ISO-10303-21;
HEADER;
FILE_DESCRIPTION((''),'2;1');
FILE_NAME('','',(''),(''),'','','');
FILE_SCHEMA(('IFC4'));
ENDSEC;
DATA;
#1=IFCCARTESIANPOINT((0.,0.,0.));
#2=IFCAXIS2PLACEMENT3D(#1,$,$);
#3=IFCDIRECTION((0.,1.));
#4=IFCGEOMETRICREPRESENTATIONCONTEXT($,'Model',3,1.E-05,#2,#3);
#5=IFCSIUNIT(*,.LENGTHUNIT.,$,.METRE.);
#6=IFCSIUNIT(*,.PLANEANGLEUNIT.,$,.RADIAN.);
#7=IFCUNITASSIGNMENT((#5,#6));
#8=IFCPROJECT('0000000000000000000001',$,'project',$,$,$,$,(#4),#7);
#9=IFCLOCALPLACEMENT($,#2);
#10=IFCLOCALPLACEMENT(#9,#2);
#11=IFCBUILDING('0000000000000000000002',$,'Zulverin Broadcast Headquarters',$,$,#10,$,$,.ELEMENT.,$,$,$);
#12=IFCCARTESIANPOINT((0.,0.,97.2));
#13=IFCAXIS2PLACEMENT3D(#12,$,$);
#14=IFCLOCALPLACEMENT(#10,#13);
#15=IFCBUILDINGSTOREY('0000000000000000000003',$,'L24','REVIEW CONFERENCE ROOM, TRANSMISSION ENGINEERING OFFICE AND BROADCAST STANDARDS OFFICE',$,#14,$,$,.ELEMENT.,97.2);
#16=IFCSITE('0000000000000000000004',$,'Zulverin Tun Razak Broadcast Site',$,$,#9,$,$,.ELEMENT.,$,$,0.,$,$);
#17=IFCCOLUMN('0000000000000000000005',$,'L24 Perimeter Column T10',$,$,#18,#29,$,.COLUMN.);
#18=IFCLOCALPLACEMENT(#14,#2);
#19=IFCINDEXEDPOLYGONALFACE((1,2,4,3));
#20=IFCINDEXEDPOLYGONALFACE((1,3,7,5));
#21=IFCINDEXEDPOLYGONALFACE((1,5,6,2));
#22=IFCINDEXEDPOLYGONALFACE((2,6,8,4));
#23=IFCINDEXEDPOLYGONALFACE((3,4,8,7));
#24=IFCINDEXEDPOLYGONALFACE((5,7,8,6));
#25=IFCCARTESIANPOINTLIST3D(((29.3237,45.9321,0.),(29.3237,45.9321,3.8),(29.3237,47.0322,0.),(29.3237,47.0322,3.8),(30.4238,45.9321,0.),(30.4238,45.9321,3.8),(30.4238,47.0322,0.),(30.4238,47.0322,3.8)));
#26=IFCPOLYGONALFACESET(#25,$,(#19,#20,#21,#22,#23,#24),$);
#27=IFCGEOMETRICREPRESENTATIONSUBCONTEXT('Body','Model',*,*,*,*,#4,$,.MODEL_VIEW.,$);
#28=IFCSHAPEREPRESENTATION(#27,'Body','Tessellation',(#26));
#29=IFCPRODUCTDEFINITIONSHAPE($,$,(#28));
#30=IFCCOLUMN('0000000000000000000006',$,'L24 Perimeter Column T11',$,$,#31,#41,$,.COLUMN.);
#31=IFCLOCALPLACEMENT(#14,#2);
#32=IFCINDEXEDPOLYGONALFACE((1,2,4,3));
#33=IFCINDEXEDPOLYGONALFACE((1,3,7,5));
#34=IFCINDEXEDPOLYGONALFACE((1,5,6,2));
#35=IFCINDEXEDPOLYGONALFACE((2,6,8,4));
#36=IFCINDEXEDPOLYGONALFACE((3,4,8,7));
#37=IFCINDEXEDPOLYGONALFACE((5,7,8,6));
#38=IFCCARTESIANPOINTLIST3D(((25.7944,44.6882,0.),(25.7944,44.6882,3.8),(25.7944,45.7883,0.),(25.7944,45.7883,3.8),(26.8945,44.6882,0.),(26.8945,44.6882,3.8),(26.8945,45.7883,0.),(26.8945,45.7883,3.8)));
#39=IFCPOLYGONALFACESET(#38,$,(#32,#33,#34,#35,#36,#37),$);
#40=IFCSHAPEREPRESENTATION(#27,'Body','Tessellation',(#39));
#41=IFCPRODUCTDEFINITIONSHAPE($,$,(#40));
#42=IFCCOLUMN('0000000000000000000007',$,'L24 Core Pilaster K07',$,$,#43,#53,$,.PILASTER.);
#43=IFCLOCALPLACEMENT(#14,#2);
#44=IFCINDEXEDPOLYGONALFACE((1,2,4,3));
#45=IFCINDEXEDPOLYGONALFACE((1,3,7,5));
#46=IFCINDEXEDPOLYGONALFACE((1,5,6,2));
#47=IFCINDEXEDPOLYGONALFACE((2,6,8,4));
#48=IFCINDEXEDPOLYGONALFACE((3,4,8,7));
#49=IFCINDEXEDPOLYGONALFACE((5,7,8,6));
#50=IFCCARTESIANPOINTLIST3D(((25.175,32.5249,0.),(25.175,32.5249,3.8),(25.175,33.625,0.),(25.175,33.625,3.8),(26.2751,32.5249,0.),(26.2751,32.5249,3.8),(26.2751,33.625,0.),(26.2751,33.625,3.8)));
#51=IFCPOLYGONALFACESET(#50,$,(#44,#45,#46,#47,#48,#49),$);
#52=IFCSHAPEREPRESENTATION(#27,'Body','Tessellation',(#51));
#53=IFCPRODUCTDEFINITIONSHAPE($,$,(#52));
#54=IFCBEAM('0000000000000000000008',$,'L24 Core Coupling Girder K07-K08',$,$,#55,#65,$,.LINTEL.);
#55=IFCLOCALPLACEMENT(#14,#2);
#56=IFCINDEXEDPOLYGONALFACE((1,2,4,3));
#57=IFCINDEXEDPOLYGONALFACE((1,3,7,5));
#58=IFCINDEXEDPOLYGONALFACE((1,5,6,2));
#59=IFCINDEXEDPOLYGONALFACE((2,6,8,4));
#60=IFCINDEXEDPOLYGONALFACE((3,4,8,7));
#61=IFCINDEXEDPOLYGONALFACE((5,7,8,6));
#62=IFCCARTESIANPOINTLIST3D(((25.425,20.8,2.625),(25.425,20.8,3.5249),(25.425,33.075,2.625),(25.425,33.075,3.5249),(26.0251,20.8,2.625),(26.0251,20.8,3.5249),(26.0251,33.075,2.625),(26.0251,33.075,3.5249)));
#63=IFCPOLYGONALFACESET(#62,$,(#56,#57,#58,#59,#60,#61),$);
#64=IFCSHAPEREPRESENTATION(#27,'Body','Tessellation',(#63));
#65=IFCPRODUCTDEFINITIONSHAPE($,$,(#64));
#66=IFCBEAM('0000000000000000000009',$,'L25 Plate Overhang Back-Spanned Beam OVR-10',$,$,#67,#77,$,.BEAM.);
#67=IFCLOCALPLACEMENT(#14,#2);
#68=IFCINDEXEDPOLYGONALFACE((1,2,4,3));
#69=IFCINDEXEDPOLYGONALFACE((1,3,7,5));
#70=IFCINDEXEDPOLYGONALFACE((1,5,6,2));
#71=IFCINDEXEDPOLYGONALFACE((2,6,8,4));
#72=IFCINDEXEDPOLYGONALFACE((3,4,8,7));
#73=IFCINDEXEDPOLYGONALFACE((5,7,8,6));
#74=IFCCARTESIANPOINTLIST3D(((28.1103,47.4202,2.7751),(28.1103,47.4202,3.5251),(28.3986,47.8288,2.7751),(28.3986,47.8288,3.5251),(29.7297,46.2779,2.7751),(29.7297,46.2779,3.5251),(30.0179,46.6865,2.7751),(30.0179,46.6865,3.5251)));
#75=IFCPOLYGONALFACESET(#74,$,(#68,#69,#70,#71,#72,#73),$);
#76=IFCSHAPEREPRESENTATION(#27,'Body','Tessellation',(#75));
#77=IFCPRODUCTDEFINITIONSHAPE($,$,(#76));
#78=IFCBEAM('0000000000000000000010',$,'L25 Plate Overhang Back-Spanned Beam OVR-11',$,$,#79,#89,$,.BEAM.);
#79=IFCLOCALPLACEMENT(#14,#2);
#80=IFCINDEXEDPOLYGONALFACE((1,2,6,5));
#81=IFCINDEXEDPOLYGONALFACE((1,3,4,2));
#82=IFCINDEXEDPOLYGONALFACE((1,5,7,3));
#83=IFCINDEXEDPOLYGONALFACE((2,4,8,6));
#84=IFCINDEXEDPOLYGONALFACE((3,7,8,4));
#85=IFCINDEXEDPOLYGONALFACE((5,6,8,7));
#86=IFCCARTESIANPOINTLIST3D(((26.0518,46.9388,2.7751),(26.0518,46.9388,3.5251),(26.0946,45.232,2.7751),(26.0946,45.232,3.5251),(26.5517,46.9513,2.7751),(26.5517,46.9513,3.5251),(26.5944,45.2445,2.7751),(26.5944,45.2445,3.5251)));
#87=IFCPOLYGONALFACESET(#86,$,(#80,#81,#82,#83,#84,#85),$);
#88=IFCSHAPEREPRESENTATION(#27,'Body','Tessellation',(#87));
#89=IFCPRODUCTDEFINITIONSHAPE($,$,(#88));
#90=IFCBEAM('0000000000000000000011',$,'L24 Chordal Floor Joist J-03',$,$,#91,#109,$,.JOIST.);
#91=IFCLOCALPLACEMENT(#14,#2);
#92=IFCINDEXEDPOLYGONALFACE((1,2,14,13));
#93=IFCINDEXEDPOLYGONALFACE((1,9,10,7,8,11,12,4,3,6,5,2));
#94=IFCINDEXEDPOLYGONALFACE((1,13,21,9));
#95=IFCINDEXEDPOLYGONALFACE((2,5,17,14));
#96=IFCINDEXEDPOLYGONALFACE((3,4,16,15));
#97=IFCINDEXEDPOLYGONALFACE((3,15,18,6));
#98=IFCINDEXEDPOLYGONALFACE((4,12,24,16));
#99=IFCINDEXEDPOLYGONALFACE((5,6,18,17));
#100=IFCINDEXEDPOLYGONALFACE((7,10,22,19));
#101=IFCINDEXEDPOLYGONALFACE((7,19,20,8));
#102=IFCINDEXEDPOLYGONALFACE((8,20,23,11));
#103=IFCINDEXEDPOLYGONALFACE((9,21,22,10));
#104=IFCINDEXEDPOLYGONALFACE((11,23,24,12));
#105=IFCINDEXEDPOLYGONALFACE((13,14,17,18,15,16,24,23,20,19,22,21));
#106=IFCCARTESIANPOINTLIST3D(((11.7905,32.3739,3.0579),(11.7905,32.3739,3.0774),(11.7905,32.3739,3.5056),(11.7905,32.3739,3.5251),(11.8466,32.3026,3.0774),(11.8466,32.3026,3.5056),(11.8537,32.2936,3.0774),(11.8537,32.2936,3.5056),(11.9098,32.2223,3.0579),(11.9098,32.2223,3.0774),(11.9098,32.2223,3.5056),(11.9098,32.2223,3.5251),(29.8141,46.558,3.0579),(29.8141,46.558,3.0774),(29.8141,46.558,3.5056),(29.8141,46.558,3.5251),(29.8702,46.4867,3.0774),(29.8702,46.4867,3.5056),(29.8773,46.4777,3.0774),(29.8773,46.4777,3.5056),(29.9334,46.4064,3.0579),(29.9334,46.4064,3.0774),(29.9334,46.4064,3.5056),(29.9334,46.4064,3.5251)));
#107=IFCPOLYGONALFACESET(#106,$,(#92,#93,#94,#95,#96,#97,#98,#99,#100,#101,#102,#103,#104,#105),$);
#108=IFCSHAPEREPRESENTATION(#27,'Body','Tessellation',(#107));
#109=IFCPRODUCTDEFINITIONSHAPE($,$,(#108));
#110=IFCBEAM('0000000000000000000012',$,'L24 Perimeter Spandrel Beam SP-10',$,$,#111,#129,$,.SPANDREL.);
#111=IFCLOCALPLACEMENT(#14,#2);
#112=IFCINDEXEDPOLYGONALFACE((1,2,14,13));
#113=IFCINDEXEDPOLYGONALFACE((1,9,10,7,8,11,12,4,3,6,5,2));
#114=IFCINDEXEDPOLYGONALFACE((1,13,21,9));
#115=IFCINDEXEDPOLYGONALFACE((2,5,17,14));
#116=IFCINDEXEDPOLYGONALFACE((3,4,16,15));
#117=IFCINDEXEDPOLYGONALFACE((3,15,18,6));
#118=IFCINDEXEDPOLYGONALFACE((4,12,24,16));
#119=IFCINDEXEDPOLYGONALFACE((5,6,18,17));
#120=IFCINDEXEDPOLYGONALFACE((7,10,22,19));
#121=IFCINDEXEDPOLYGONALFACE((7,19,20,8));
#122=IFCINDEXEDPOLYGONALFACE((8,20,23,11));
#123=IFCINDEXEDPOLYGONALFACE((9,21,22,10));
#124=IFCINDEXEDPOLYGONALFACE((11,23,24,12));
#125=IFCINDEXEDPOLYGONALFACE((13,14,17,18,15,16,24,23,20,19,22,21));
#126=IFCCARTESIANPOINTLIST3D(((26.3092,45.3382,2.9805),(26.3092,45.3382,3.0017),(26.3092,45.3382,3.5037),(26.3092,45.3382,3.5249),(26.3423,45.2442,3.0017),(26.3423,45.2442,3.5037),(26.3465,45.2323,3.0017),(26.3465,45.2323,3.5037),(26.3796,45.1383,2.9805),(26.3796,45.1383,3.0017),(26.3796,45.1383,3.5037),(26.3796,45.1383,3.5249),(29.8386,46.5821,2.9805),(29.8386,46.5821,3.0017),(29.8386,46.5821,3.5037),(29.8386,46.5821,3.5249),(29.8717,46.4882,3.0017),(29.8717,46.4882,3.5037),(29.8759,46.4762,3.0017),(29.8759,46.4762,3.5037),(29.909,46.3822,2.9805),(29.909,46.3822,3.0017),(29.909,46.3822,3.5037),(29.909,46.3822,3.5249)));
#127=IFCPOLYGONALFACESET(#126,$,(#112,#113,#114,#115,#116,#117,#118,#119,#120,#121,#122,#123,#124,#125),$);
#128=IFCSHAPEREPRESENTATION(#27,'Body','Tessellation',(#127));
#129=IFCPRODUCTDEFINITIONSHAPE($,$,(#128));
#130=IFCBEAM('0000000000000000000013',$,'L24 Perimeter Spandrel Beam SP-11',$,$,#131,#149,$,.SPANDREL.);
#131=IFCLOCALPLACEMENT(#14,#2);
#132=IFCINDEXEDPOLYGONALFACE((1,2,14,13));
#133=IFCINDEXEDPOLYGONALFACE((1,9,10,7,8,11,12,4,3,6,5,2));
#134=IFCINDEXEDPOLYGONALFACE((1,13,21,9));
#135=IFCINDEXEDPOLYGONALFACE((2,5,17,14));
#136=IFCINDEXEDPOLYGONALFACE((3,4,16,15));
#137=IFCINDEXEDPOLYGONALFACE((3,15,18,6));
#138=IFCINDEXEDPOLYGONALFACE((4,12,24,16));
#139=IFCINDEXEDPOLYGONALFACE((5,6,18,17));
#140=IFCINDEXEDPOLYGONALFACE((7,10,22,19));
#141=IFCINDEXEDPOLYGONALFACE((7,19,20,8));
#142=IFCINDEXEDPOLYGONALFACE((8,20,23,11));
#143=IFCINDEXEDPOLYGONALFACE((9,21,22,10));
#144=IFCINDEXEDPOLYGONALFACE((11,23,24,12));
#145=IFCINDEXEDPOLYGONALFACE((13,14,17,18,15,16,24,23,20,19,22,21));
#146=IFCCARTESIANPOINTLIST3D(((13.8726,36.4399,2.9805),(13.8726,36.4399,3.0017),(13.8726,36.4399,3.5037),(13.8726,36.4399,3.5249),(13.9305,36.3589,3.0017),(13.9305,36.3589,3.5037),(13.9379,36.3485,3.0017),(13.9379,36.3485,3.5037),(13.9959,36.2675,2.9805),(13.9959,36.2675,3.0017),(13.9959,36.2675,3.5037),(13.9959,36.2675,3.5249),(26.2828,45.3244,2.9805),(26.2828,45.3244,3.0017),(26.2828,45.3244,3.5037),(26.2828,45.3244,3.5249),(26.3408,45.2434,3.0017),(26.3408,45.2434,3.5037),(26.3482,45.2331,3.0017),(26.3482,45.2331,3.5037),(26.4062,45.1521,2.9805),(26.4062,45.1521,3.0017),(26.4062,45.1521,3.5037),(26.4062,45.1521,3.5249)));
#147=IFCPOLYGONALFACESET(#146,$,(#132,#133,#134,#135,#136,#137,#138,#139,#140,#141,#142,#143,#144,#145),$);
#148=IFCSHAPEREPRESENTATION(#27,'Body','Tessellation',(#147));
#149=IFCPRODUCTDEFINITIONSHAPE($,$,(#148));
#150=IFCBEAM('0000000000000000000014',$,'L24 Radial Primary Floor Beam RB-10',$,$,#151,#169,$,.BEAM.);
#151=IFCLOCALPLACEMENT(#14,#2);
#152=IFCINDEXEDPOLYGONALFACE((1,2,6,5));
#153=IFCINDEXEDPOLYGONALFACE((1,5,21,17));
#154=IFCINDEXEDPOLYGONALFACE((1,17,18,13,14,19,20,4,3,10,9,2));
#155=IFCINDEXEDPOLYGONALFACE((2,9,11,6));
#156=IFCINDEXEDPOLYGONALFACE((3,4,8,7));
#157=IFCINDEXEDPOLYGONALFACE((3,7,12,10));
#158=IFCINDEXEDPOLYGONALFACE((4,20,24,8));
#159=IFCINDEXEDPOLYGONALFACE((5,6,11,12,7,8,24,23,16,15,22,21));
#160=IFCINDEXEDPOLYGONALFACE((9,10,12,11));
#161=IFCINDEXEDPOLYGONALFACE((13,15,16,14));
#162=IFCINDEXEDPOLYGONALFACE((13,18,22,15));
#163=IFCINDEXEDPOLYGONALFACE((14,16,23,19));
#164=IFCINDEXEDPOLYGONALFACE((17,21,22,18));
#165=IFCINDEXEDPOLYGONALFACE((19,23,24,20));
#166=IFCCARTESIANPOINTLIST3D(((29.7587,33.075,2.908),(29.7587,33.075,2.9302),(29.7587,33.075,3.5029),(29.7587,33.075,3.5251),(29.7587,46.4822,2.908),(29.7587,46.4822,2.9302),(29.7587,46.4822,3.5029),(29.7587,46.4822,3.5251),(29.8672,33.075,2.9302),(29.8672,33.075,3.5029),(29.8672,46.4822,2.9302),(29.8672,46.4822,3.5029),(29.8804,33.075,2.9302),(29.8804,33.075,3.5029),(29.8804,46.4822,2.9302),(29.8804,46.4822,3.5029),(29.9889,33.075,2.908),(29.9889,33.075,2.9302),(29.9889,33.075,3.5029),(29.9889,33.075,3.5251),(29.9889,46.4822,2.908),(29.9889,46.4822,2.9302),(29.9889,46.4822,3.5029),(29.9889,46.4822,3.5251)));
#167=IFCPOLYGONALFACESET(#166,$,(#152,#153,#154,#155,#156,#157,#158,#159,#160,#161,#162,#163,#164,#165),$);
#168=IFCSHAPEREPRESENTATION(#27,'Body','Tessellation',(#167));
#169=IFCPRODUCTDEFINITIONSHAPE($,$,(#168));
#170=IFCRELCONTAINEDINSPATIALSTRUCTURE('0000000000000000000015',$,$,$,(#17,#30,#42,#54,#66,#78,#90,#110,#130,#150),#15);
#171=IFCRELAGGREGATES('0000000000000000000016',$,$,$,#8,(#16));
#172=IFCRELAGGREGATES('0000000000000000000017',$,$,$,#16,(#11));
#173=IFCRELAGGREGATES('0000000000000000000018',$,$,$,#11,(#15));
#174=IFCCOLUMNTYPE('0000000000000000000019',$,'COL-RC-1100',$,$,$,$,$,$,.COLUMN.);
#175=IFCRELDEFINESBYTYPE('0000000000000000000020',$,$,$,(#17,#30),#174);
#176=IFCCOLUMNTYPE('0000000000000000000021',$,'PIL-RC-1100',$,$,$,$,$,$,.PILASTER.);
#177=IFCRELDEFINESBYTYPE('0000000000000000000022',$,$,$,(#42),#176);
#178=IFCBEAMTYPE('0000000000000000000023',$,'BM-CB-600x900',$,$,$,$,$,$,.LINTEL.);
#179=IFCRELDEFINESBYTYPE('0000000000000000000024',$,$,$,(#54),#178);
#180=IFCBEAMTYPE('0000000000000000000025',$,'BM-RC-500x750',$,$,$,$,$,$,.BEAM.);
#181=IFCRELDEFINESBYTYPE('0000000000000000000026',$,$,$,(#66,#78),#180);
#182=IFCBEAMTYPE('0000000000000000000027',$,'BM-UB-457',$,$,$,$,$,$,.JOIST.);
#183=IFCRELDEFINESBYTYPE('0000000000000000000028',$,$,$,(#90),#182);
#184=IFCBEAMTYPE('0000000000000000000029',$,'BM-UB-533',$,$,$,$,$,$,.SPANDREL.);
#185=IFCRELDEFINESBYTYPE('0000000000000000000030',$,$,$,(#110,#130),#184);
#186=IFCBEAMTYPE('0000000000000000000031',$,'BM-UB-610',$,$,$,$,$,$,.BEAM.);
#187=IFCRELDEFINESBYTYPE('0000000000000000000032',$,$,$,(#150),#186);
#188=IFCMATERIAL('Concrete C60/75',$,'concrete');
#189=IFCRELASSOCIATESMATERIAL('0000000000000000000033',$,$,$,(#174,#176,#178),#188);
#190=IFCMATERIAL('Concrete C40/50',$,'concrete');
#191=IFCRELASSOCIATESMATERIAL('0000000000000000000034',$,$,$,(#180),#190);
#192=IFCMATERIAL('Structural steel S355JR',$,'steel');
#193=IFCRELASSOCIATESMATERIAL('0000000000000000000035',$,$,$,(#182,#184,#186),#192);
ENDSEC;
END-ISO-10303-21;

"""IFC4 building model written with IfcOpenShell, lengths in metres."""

from ifc_helpers import new_model, si_unit, direction, frame, origin, origin_2d, place, context, subcontext, project, spatial, rectangle, i_section, extrude, material, material_profile, profile_set, type_object, element, save


model = new_model("IFC4")

# Units and contexts
model_context = context("Model", 3, precision=1e-05, world=origin(), true_north=direction((0.0, 1.0)))
body_context = subcontext(model_context, "Body", "Model", "MODEL_VIEW")
ifc_project = project(units=[si_unit("LENGTHUNIT", "METRE"), si_unit("PLANEANGLEUNIT", "RADIAN")], contexts=[model_context])

# Site, building, storey
site_placement = place(None, origin())
site = spatial("IfcSite", under=ifc_project, at=site_placement, Name="Zulverin Tun Razak Broadcast Site", CompositionType="ELEMENT", RefElevation=0.0)
building_placement = place(site_placement, origin())
building = spatial("IfcBuilding", under=site, at=building_placement, Name="Zulverin Broadcast Headquarters", CompositionType="ELEMENT")
storey_placement = place(building_placement, frame((0.0, 0.0, 97.2)))
storey = spatial("IfcBuildingStorey", under=building, at=storey_placement, Name="L24", Description="REVIEW CONFERENCE ROOM, TRANSMISSION ENGINEERING OFFICE AND BROADCAST STANDARDS OFFICE", CompositionType="ELEMENT", Elevation=97.2)

# Columns
ifc_material_1 = material(Name="Concrete C60/75", Category="concrete")
ifc_material_profile_1 = material_profile(ifc_material_1, rectangle(XDim=1.1001, YDim=1.1001, at=origin_2d()), Name="Concrete C60/75", Category="concrete")
ifc_profile_set_1 = profile_set([ifc_material_profile_1], Name="Concrete C60/75")
column_type_1 = type_object("IfcColumnType", Name="COL-RC-1100", PredefinedType="COLUMN", material=ifc_profile_set_1)
for number, where, z_axis, x_axis, name in (
    (1, (29.8738, 46.4822, 0.0), (0.0, 0.0, 1.0), (1.0, 0.0, 0.0), "L24 Perimeter Column T10"),
    (2, (26.3445, 45.2383, 0.0), (0.0, 0.0, 1.0), (1.0, 0.0, 0.0), "L24 Perimeter Column T11"),
):
    element("IfcColumn", number, at=place(storey_placement, frame(where, z_axis=z_axis, x_axis=x_axis)), inside=storey, type_object=column_type_1, Name=name, PredefinedType="COLUMN", context=body_context, shape_type="SweptSolid", body=[
        extrude(rectangle(XDim=1.1001, YDim=1.1001, at=origin_2d()), origin(), (0.0, 0.0, 1.0), 3.8),
    ])
ifc_material_profile_2 = material_profile(ifc_material_1, rectangle(XDim=1.1001, YDim=1.1001, at=origin_2d()), Name="Concrete C60/75", Category="concrete")
ifc_profile_set_2 = profile_set([ifc_material_profile_2], Name="Concrete C60/75")
column_type_2 = type_object("IfcColumnType", Name="PIL-RC-1100", PredefinedType="PILASTER", material=ifc_profile_set_2)
column_placement = place(storey_placement, frame((25.7251, 33.075, 0.0), z_axis=(0.0, 0.0, 1.0), x_axis=(1.0, 0.0, 0.0)))
element("IfcColumn", 3, at=column_placement, inside=storey, type_object=column_type_2, Name="L24 Core Pilaster K07", PredefinedType="PILASTER", context=body_context, shape_type="SweptSolid", body=[
    extrude(rectangle(XDim=1.1001, YDim=1.1001, at=origin_2d()), origin(), (0.0, 0.0, 1.0), 3.8),
])

# Beams
ifc_material_profile_3 = material_profile(ifc_material_1, rectangle(XDim=0.6001, YDim=0.8999, at=origin_2d()), Name="Concrete C60/75", Category="concrete")
ifc_profile_set_3 = profile_set([ifc_material_profile_3], Name="Concrete C60/75")
beam_type_1 = type_object("IfcBeamType", Name="BM-CB-600x900", PredefinedType="LINTEL", material=ifc_profile_set_3)
beam_1_placement = place(storey_placement, frame((25.7251, 33.075, 3.075), z_axis=(0.0, -1.0, 0.0), x_axis=(1.0, 0.0, 0.0)))
element("IfcBeam", 4, at=beam_1_placement, inside=storey, type_object=beam_type_1, Name="L24 Core Coupling Girder K07-K08", PredefinedType="LINTEL", context=body_context, shape_type="SweptSolid", body=[
    extrude(rectangle(XDim=0.6001, YDim=0.8999, at=origin_2d()), origin(), (0.0, 0.0, 1.0), 12.2749),
])
ifc_material_2 = material(Name="Concrete C40/50", Category="concrete")
ifc_material_profile_4 = material_profile(ifc_material_2, rectangle(XDim=0.5, YDim=0.75, at=origin_2d()), Name="Concrete C40/50", Category="concrete")
ifc_profile_set_4 = profile_set([ifc_material_profile_4], Name="Concrete C40/50")
beam_type_2 = type_object("IfcBeamType", Name="BM-RC-500x750", PredefinedType="BEAM", material=ifc_profile_set_4)
beam_2_placement = place(storey_placement, frame((29.8738, 46.4822, 3.1501), z_axis=(-0.817149, 0.576427, 0.0), x_axis=(-0.576427, -0.817149, 0.0)))
element("IfcBeam", 5, at=beam_2_placement, inside=storey, type_object=beam_type_2, Name="L25 Plate Overhang Back-Spanned Beam OVR-10", PredefinedType="BEAM", context=body_context, shape_type="SweptSolid", body=[
    extrude(rectangle(XDim=0.5, YDim=0.75, at=origin_2d()), origin(), (0.0, 0.0, 1.0), 1.9817),
])
beam_3_placement = place(storey_placement, frame((26.3445, 45.2383, 3.1501), z_axis=(-0.025024, 0.999687, 0.0), x_axis=(-0.999687, -0.025024, 0.0)))
element("IfcBeam", 6, at=beam_3_placement, inside=storey, type_object=beam_type_2, Name="L25 Plate Overhang Back-Spanned Beam OVR-11", PredefinedType="BEAM", context=body_context, shape_type="SweptSolid", body=[
    extrude(rectangle(XDim=0.5, YDim=0.75, at=origin_2d()), origin(), (0.0, 0.0, 1.0), 1.7073),
])
ifc_material_3 = material(Name="Structural steel S355JR", Category="steel")
ifc_material_profile_5 = material_profile(ifc_material_3, i_section(OverallWidth=0.1929, OverallDepth=0.4673, WebThickness=0.0115, FlangeThickness=0.0195, at=origin_2d()), Name="Structural steel S355JR", Category="steel")
ifc_profile_set_5 = profile_set([ifc_material_profile_5], Name="Structural steel S355JR")
beam_type_3 = type_object("IfcBeamType", Name="BM-UB-457", PredefinedType="JOIST", material=ifc_profile_set_5)
beam_4_placement = place(storey_placement, frame((29.8738, 46.4822, 3.2915), z_axis=(-0.785839, -0.618431, 0.0), x_axis=(0.618431, -0.785839, 0.0)))
element("IfcBeam", 7, at=beam_4_placement, inside=storey, type_object=beam_type_3, Name="L24 Chordal Floor Joist J-03", PredefinedType="JOIST", context=body_context, shape_type="SweptSolid", body=[
    extrude(i_section(OverallWidth=0.1929, OverallDepth=0.4673, WebThickness=0.0115, FlangeThickness=0.0195, at=origin_2d()), origin(), (0.0, 0.0, 1.0), 22.9355),
])
ifc_material_profile_6 = material_profile(ifc_material_3, i_section(OverallWidth=0.2119, OverallDepth=0.5444, WebThickness=0.0127, FlangeThickness=0.0212, at=origin_2d()), Name="Structural steel S355JR", Category="steel")
ifc_profile_set_6 = profile_set([ifc_material_profile_6], Name="Structural steel S355JR")
beam_type_4 = type_object("IfcBeamType", Name="BM-UB-533", PredefinedType="SPANDREL", material=ifc_profile_set_6)
beam_5_placement = place(storey_placement, frame((29.8738, 46.4822, 3.2527), z_axis=(-0.943136, -0.332407, 0.0), x_axis=(0.332407, -0.943136, 0.0)))
element("IfcBeam", 8, at=beam_5_placement, inside=storey, type_object=beam_type_4, Name="L24 Perimeter Spandrel Beam SP-10", PredefinedType="SPANDREL", context=body_context, shape_type="SweptSolid", body=[
    extrude(i_section(OverallWidth=0.2119, OverallDepth=0.5444, WebThickness=0.0127, FlangeThickness=0.0212, at=origin_2d()), origin(), (0.0, 0.0, 1.0), 3.7422),
])
beam_6_placement = place(storey_placement, frame((26.3445, 45.2383, 3.2527), z_axis=(-0.813109, -0.582111, 0.0), x_axis=(0.582111, -0.813109, 0.0)))
element("IfcBeam", 9, at=beam_6_placement, inside=storey, type_object=beam_type_4, Name="L24 Perimeter Spandrel Beam SP-11", PredefinedType="SPANDREL", context=body_context, shape_type="SweptSolid", body=[
    extrude(i_section(OverallWidth=0.2119, OverallDepth=0.5444, WebThickness=0.0127, FlangeThickness=0.0212, at=origin_2d()), origin(), (0.0, 0.0, 1.0), 15.2627),
])
ifc_material_profile_7 = material_profile(ifc_material_3, i_section(OverallWidth=0.2302, OverallDepth=0.6172, WebThickness=0.0132, FlangeThickness=0.0222, at=origin_2d()), Name="Structural steel S355JR", Category="steel")
ifc_profile_set_7 = profile_set([ifc_material_profile_7], Name="Structural steel S355JR")
beam_type_5 = type_object("IfcBeamType", Name="BM-UB-610", PredefinedType="BEAM", material=ifc_profile_set_7)
beam_7_placement = place(storey_placement, frame((29.8738, 33.075, 3.2166), z_axis=(0.0, 1.0, 0.0), x_axis=(-1.0, 0.0, 0.0)))
element("IfcBeam", 10, at=beam_7_placement, inside=storey, type_object=beam_type_5, Name="L24 Radial Primary Floor Beam RB-10", PredefinedType="BEAM", context=body_context, shape_type="SweptSolid", body=[
    extrude(i_section(OverallWidth=0.2302, OverallDepth=0.6172, WebThickness=0.0132, FlangeThickness=0.0222, at=origin_2d()), origin(), (0.0, 0.0, 1.0), 13.4072),
])

save(model, "model.ifc")
